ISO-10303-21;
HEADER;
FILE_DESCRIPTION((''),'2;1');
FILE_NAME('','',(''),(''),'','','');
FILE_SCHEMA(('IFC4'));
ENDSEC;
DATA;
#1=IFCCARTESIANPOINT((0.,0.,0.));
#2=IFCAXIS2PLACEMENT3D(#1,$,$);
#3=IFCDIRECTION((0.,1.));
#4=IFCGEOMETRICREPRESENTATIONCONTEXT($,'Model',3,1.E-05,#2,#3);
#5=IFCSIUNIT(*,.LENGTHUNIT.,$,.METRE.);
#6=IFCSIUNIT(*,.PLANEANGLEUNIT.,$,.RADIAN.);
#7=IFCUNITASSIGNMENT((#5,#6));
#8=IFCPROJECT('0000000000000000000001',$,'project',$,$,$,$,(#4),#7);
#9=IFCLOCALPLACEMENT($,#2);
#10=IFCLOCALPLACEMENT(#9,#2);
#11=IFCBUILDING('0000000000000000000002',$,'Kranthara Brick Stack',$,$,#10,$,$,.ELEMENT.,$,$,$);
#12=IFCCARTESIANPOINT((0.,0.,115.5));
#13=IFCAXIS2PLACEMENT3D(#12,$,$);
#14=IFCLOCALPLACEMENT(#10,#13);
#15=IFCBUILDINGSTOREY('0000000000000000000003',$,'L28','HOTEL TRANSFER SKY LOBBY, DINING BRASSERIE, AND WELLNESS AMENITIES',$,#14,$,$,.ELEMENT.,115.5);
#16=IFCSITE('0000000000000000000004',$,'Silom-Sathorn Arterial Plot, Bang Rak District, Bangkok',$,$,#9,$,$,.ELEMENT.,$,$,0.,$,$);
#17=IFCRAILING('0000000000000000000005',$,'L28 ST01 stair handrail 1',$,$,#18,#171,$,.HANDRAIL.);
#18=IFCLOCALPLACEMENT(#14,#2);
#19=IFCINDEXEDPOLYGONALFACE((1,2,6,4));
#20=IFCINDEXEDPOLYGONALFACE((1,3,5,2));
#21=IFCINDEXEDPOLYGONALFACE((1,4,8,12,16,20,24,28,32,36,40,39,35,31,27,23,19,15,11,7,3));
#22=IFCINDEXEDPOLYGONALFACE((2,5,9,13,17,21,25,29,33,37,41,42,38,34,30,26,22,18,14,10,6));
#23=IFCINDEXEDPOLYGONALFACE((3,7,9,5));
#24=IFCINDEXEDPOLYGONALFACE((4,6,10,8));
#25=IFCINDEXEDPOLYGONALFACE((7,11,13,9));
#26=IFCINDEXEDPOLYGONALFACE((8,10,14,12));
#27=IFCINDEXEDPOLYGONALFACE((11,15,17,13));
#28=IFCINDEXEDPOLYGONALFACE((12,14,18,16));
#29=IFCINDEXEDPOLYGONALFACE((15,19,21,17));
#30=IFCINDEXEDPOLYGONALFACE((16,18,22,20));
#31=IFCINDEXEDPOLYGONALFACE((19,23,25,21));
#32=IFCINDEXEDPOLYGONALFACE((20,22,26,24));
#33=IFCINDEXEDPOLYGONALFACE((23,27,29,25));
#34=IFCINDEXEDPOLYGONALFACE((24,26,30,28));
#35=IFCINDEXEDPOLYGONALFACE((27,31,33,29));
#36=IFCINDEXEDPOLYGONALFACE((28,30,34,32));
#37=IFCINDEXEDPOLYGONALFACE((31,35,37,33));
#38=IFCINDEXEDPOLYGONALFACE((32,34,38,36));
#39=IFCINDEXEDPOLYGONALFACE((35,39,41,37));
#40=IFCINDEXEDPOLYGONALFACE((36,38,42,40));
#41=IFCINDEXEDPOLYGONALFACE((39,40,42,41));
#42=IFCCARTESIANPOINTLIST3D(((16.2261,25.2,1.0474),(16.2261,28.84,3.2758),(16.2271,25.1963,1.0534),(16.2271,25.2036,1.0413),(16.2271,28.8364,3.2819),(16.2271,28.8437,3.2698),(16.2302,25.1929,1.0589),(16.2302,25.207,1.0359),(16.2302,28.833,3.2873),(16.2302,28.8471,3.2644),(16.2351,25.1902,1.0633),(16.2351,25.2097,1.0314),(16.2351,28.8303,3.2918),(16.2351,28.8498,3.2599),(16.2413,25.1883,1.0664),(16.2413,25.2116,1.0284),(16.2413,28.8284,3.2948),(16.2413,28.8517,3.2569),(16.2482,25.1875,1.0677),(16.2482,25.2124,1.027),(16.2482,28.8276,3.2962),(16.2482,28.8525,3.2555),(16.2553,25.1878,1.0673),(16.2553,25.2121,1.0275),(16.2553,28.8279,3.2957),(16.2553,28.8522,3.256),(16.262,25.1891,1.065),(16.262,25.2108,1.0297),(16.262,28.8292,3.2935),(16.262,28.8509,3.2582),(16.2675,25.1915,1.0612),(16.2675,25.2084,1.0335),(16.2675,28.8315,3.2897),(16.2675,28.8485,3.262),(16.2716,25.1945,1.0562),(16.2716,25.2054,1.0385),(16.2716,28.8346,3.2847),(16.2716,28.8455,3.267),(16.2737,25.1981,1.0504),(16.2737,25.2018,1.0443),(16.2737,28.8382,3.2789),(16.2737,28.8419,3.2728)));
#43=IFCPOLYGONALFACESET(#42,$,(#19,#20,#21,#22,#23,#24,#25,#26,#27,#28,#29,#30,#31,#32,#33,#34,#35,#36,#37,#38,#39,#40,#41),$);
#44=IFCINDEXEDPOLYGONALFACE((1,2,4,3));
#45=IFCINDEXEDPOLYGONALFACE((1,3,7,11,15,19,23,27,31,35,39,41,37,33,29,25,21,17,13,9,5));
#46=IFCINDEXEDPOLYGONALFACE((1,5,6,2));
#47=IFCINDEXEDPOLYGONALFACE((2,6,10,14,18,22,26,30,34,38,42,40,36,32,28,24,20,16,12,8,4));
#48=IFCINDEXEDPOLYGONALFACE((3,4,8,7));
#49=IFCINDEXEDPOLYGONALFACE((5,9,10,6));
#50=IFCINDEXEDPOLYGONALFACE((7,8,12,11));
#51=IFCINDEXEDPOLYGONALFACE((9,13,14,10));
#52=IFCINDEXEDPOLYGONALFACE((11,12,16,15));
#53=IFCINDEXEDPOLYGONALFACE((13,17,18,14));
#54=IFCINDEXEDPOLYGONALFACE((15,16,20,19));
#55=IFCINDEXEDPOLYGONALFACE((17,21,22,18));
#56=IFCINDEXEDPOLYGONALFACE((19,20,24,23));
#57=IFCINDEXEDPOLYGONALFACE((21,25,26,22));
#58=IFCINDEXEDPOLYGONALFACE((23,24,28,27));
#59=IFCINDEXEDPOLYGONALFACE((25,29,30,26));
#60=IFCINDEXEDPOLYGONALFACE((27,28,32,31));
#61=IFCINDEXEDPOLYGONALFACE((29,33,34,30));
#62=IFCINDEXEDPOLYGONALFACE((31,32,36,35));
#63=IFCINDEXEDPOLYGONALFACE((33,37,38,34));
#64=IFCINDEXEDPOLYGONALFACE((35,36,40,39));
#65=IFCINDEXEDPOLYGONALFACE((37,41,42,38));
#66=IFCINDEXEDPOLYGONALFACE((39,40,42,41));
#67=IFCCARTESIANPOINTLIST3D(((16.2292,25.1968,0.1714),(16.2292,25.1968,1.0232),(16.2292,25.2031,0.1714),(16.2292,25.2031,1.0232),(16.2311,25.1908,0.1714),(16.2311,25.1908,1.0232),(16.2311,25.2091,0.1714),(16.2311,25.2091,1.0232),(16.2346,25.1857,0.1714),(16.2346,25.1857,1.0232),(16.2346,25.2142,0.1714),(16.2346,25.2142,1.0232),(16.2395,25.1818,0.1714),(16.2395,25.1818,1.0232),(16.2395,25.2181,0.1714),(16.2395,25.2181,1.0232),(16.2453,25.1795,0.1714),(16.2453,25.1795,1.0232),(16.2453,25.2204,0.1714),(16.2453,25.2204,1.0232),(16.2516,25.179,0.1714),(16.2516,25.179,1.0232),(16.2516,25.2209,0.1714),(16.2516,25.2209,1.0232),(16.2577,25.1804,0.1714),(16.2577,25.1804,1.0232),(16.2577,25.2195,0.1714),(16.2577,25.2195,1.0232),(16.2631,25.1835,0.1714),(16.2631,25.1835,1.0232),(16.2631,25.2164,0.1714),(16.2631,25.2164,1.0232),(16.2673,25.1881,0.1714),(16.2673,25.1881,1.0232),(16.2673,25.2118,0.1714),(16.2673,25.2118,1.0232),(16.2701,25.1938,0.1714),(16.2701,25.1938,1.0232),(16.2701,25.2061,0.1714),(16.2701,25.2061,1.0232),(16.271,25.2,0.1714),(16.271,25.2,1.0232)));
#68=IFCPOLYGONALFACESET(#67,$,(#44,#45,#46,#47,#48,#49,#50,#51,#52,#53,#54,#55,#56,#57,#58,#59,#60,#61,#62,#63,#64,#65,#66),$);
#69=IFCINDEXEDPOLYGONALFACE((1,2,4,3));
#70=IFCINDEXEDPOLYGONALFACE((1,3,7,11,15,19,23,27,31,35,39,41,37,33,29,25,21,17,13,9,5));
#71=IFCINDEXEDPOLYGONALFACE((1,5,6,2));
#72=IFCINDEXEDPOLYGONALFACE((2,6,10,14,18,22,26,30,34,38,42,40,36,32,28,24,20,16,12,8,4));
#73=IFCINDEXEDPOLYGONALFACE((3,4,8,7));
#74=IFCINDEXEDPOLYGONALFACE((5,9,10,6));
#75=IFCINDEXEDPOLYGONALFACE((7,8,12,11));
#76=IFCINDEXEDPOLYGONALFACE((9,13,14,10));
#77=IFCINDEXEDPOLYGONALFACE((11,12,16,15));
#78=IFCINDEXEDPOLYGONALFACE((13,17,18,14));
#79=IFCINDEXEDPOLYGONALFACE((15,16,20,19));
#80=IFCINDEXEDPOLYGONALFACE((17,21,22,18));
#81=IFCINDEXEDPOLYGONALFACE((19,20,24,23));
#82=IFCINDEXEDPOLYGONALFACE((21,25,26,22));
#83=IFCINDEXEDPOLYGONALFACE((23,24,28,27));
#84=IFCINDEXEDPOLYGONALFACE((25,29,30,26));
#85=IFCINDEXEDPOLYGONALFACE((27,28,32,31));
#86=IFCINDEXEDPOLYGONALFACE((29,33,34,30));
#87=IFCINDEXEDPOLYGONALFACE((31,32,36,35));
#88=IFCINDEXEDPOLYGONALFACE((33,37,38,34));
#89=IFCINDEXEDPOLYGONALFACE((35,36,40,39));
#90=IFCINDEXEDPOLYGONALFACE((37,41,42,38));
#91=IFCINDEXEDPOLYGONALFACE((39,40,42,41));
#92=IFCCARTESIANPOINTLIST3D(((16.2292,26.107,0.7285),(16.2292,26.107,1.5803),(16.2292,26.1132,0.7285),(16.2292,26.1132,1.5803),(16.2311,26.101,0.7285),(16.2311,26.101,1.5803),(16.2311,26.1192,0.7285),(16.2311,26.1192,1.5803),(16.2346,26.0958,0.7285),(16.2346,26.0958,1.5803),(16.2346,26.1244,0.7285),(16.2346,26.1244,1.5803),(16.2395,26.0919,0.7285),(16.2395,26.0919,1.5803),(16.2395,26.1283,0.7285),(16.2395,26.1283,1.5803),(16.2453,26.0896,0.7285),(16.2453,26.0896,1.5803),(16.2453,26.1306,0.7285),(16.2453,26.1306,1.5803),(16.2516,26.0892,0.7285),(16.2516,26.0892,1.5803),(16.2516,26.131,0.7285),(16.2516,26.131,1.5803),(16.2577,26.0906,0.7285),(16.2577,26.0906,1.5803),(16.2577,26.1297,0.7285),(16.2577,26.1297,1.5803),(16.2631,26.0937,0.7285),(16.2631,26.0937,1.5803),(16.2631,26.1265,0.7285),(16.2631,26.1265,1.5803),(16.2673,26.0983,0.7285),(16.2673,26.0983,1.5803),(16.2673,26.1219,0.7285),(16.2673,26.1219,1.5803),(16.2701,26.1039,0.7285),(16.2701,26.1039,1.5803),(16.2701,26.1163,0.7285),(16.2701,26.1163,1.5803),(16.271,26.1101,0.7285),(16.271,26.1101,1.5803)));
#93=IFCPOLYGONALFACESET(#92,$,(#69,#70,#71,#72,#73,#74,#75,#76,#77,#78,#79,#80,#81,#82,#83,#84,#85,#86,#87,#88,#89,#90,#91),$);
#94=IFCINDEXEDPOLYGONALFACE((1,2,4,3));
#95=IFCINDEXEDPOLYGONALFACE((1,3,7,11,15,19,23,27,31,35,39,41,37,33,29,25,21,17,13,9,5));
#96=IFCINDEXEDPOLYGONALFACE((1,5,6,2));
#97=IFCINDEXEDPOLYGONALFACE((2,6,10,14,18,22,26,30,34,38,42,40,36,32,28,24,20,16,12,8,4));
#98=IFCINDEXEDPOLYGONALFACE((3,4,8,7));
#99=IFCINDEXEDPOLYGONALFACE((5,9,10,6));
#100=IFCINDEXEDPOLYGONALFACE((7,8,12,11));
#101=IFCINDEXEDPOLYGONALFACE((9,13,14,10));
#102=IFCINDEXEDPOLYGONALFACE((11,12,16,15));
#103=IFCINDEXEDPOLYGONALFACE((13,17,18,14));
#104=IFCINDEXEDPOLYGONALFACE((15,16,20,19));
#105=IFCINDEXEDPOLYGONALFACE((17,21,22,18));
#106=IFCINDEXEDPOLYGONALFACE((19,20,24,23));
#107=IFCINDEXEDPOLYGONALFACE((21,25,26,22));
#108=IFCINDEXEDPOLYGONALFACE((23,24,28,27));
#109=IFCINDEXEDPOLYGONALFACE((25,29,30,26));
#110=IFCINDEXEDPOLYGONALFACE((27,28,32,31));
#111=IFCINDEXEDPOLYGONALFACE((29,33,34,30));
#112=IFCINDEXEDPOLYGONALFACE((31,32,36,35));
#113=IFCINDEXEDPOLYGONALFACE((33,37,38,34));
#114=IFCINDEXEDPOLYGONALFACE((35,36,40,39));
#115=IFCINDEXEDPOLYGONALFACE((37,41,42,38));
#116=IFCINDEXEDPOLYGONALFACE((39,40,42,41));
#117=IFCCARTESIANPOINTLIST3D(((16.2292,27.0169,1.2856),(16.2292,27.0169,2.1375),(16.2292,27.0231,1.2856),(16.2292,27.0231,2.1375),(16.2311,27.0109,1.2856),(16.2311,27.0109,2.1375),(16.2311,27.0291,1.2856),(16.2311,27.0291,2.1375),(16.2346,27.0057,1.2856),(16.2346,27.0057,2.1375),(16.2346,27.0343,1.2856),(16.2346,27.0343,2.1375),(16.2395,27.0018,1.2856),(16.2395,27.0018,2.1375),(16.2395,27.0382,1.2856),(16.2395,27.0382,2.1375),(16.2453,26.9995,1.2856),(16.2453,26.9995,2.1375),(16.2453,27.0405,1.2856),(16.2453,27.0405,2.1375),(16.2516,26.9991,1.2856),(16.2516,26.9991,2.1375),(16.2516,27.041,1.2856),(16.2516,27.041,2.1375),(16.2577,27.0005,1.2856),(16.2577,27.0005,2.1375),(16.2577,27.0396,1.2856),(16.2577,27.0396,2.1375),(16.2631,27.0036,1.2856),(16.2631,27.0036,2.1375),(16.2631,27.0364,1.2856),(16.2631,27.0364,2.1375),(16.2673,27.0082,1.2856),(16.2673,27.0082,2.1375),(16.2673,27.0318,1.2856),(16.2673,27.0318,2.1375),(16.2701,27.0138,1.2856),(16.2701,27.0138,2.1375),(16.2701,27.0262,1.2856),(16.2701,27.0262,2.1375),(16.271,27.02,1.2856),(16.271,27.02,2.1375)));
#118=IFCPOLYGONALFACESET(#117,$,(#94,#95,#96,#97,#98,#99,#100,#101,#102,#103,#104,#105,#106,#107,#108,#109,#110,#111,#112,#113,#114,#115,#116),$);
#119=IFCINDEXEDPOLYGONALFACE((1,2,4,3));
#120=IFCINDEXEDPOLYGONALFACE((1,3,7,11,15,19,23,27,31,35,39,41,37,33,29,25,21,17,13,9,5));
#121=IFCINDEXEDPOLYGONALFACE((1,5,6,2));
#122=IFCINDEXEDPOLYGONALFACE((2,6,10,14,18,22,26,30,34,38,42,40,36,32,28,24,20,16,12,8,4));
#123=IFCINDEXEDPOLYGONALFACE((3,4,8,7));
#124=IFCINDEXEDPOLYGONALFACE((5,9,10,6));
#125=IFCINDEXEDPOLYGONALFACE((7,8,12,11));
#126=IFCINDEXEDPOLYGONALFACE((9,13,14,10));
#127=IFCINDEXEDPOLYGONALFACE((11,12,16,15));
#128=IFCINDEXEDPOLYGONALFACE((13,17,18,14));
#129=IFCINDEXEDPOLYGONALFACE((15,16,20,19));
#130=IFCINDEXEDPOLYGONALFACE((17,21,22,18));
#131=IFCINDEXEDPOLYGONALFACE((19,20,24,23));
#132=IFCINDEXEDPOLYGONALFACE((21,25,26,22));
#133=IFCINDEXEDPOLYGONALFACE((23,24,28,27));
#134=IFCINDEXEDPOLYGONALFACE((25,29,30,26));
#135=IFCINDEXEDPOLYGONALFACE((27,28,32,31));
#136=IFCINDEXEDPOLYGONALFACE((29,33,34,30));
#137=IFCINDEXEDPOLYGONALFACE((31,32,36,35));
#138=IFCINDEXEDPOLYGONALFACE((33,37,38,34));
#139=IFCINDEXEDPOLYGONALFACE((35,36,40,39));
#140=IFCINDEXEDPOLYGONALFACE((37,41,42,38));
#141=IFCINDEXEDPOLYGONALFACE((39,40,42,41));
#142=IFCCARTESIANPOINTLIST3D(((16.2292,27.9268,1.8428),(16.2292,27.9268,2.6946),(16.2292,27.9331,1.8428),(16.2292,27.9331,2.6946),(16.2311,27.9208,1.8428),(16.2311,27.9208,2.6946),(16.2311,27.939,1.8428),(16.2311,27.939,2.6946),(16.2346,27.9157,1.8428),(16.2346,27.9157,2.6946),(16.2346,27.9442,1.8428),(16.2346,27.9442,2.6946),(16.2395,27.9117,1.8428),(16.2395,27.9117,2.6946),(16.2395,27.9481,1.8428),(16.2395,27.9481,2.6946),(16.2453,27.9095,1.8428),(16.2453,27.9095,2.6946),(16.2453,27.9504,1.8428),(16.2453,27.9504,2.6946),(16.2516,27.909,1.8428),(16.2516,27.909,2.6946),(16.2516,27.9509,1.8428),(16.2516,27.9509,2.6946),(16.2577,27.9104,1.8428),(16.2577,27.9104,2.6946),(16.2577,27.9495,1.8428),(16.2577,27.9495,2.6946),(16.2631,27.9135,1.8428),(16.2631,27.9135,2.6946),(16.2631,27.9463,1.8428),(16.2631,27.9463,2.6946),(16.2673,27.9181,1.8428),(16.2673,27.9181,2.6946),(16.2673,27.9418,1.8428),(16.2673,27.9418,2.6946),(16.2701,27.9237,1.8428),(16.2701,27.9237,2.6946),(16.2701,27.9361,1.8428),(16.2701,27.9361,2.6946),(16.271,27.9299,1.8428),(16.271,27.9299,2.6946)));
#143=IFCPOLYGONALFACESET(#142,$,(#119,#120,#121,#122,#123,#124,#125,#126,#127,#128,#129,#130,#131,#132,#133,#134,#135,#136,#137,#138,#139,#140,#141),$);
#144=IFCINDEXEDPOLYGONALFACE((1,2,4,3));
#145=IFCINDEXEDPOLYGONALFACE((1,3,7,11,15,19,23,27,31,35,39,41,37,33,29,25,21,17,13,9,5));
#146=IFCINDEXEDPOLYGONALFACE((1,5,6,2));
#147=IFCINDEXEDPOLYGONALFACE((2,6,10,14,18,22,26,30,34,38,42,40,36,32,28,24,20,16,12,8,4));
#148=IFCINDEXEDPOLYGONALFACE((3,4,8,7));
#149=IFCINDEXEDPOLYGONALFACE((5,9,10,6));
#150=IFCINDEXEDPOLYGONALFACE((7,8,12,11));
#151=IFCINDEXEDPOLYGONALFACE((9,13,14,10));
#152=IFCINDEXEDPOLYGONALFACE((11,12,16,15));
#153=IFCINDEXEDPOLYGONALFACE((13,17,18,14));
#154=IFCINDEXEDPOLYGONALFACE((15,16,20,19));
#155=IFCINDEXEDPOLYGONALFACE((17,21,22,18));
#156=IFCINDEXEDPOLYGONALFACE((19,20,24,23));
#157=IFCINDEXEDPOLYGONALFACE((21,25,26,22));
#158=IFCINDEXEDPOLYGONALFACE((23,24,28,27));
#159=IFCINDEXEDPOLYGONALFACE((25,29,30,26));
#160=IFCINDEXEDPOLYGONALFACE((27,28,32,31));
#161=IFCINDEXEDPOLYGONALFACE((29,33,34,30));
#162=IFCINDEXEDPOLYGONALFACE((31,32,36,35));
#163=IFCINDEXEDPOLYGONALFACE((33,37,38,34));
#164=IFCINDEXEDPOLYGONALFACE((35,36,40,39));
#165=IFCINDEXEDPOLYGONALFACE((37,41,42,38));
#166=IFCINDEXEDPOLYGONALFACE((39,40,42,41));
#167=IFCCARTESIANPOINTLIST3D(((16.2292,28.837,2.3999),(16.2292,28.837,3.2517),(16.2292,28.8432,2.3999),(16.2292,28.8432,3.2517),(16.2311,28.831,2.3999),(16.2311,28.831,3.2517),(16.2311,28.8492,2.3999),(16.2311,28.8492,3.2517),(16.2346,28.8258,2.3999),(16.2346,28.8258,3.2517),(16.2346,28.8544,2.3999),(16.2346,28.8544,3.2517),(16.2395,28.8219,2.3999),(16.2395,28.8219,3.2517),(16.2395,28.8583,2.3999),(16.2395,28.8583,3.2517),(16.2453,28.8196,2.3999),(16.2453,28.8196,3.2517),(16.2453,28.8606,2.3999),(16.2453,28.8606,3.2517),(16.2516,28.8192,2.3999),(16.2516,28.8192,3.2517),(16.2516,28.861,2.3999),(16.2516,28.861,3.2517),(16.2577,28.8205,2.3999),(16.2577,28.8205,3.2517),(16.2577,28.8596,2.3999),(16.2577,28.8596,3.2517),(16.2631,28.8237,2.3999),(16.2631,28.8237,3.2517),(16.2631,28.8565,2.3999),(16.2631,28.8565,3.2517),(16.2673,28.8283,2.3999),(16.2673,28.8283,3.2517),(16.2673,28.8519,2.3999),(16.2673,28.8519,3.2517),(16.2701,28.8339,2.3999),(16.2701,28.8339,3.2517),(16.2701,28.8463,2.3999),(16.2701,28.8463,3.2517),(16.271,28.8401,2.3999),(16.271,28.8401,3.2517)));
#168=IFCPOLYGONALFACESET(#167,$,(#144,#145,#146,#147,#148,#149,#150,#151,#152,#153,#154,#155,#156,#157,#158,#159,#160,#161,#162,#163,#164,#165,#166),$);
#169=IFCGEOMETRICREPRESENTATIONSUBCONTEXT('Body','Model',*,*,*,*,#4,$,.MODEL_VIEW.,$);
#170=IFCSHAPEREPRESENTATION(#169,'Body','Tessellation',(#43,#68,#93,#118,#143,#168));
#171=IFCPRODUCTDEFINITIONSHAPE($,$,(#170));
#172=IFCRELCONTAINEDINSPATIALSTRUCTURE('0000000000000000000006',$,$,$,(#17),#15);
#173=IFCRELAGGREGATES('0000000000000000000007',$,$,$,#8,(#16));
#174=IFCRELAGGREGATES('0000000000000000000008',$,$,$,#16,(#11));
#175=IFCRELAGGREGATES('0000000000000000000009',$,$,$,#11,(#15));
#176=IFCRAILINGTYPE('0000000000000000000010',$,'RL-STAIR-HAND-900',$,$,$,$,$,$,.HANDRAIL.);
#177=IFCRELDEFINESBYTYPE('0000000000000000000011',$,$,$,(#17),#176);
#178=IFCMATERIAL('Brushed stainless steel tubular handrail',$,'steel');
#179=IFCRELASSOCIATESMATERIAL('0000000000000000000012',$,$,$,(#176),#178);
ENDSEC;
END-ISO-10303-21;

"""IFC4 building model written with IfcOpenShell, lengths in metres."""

from ifc_helpers import new_model, si_unit, direction, frame, origin, origin_2d, place, context, subcontext, project, spatial, circle, extrude, material, type_object, element, save


model = new_model("IFC4")

# Units and contexts
model_context = context("Model", 3, precision=1e-05, world=origin(), true_north=direction((0.0, 1.0)))
body_context = subcontext(model_context, "Body", "Model", "MODEL_VIEW")
ifc_project = project(units=[si_unit("LENGTHUNIT", "METRE"), si_unit("PLANEANGLEUNIT", "RADIAN")], contexts=[model_context])

# Site, building, storey
site_placement = place(None, origin())
site = spatial("IfcSite", under=ifc_project, at=site_placement, Name="Silom-Sathorn Arterial Plot, Bang Rak District, Bangkok", CompositionType="ELEMENT", RefElevation=0.0)
building_placement = place(site_placement, origin())
building = spatial("IfcBuilding", under=site, at=building_placement, Name="Kranthara Brick Stack", CompositionType="ELEMENT")
storey_placement = place(building_placement, frame((0.0, 0.0, 115.5)))
storey = spatial("IfcBuildingStorey", under=building, at=storey_placement, Name="L28", Description="HOTEL TRANSFER SKY LOBBY, DINING BRASSERIE, AND WELLNESS AMENITIES", CompositionType="ELEMENT", Elevation=115.5)

# Railing
ifc_material_1 = material(Name="Brushed stainless steel tubular handrail", Category="steel")
railing_type = type_object("IfcRailingType", Name="RL-STAIR-HAND-900", PredefinedType="HANDRAIL", material=ifc_material_1)
railing_placement = place(storey_placement, frame((16.25, 25.2, 0.1714)))
element("IfcRailing", 1, at=railing_placement, inside=storey, type_object=railing_type, Name="L28 ST01 stair handrail 1", PredefinedType="HANDRAIL", context=body_context, shape_type="SweptSolid", body=[
    extrude(circle(Radius=0.0239, at=origin_2d()), frame((0.0, 0.0, 0.876), z_axis=(0.0, 0.852866, 0.52213), x_axis=(-1.0, 0.0, 0.0)), (0.0, 0.0, 1.0), 4.2681),
    extrude(circle(Radius=0.021, at=origin_2d()), origin(), (0.0, 0.0, 1.0), 0.8518),
    extrude(circle(Radius=0.021, at=origin_2d()), frame((0.0, 0.9102, 0.5571)), (0.0, 0.0, 1.0), 0.8518),
    extrude(circle(Radius=0.021, at=origin_2d()), frame((0.0, 1.8201, 1.1143)), (0.0, 0.0, 1.0), 0.8518),
    extrude(circle(Radius=0.021, at=origin_2d()), frame((0.0, 2.73, 1.6714)), (0.0, 0.0, 1.0), 0.8518),
    extrude(circle(Radius=0.021, at=origin_2d()), frame((0.0, 3.6401, 2.2285)), (0.0, 0.0, 1.0), 0.8518),
])

save(model, "model.ifc")
